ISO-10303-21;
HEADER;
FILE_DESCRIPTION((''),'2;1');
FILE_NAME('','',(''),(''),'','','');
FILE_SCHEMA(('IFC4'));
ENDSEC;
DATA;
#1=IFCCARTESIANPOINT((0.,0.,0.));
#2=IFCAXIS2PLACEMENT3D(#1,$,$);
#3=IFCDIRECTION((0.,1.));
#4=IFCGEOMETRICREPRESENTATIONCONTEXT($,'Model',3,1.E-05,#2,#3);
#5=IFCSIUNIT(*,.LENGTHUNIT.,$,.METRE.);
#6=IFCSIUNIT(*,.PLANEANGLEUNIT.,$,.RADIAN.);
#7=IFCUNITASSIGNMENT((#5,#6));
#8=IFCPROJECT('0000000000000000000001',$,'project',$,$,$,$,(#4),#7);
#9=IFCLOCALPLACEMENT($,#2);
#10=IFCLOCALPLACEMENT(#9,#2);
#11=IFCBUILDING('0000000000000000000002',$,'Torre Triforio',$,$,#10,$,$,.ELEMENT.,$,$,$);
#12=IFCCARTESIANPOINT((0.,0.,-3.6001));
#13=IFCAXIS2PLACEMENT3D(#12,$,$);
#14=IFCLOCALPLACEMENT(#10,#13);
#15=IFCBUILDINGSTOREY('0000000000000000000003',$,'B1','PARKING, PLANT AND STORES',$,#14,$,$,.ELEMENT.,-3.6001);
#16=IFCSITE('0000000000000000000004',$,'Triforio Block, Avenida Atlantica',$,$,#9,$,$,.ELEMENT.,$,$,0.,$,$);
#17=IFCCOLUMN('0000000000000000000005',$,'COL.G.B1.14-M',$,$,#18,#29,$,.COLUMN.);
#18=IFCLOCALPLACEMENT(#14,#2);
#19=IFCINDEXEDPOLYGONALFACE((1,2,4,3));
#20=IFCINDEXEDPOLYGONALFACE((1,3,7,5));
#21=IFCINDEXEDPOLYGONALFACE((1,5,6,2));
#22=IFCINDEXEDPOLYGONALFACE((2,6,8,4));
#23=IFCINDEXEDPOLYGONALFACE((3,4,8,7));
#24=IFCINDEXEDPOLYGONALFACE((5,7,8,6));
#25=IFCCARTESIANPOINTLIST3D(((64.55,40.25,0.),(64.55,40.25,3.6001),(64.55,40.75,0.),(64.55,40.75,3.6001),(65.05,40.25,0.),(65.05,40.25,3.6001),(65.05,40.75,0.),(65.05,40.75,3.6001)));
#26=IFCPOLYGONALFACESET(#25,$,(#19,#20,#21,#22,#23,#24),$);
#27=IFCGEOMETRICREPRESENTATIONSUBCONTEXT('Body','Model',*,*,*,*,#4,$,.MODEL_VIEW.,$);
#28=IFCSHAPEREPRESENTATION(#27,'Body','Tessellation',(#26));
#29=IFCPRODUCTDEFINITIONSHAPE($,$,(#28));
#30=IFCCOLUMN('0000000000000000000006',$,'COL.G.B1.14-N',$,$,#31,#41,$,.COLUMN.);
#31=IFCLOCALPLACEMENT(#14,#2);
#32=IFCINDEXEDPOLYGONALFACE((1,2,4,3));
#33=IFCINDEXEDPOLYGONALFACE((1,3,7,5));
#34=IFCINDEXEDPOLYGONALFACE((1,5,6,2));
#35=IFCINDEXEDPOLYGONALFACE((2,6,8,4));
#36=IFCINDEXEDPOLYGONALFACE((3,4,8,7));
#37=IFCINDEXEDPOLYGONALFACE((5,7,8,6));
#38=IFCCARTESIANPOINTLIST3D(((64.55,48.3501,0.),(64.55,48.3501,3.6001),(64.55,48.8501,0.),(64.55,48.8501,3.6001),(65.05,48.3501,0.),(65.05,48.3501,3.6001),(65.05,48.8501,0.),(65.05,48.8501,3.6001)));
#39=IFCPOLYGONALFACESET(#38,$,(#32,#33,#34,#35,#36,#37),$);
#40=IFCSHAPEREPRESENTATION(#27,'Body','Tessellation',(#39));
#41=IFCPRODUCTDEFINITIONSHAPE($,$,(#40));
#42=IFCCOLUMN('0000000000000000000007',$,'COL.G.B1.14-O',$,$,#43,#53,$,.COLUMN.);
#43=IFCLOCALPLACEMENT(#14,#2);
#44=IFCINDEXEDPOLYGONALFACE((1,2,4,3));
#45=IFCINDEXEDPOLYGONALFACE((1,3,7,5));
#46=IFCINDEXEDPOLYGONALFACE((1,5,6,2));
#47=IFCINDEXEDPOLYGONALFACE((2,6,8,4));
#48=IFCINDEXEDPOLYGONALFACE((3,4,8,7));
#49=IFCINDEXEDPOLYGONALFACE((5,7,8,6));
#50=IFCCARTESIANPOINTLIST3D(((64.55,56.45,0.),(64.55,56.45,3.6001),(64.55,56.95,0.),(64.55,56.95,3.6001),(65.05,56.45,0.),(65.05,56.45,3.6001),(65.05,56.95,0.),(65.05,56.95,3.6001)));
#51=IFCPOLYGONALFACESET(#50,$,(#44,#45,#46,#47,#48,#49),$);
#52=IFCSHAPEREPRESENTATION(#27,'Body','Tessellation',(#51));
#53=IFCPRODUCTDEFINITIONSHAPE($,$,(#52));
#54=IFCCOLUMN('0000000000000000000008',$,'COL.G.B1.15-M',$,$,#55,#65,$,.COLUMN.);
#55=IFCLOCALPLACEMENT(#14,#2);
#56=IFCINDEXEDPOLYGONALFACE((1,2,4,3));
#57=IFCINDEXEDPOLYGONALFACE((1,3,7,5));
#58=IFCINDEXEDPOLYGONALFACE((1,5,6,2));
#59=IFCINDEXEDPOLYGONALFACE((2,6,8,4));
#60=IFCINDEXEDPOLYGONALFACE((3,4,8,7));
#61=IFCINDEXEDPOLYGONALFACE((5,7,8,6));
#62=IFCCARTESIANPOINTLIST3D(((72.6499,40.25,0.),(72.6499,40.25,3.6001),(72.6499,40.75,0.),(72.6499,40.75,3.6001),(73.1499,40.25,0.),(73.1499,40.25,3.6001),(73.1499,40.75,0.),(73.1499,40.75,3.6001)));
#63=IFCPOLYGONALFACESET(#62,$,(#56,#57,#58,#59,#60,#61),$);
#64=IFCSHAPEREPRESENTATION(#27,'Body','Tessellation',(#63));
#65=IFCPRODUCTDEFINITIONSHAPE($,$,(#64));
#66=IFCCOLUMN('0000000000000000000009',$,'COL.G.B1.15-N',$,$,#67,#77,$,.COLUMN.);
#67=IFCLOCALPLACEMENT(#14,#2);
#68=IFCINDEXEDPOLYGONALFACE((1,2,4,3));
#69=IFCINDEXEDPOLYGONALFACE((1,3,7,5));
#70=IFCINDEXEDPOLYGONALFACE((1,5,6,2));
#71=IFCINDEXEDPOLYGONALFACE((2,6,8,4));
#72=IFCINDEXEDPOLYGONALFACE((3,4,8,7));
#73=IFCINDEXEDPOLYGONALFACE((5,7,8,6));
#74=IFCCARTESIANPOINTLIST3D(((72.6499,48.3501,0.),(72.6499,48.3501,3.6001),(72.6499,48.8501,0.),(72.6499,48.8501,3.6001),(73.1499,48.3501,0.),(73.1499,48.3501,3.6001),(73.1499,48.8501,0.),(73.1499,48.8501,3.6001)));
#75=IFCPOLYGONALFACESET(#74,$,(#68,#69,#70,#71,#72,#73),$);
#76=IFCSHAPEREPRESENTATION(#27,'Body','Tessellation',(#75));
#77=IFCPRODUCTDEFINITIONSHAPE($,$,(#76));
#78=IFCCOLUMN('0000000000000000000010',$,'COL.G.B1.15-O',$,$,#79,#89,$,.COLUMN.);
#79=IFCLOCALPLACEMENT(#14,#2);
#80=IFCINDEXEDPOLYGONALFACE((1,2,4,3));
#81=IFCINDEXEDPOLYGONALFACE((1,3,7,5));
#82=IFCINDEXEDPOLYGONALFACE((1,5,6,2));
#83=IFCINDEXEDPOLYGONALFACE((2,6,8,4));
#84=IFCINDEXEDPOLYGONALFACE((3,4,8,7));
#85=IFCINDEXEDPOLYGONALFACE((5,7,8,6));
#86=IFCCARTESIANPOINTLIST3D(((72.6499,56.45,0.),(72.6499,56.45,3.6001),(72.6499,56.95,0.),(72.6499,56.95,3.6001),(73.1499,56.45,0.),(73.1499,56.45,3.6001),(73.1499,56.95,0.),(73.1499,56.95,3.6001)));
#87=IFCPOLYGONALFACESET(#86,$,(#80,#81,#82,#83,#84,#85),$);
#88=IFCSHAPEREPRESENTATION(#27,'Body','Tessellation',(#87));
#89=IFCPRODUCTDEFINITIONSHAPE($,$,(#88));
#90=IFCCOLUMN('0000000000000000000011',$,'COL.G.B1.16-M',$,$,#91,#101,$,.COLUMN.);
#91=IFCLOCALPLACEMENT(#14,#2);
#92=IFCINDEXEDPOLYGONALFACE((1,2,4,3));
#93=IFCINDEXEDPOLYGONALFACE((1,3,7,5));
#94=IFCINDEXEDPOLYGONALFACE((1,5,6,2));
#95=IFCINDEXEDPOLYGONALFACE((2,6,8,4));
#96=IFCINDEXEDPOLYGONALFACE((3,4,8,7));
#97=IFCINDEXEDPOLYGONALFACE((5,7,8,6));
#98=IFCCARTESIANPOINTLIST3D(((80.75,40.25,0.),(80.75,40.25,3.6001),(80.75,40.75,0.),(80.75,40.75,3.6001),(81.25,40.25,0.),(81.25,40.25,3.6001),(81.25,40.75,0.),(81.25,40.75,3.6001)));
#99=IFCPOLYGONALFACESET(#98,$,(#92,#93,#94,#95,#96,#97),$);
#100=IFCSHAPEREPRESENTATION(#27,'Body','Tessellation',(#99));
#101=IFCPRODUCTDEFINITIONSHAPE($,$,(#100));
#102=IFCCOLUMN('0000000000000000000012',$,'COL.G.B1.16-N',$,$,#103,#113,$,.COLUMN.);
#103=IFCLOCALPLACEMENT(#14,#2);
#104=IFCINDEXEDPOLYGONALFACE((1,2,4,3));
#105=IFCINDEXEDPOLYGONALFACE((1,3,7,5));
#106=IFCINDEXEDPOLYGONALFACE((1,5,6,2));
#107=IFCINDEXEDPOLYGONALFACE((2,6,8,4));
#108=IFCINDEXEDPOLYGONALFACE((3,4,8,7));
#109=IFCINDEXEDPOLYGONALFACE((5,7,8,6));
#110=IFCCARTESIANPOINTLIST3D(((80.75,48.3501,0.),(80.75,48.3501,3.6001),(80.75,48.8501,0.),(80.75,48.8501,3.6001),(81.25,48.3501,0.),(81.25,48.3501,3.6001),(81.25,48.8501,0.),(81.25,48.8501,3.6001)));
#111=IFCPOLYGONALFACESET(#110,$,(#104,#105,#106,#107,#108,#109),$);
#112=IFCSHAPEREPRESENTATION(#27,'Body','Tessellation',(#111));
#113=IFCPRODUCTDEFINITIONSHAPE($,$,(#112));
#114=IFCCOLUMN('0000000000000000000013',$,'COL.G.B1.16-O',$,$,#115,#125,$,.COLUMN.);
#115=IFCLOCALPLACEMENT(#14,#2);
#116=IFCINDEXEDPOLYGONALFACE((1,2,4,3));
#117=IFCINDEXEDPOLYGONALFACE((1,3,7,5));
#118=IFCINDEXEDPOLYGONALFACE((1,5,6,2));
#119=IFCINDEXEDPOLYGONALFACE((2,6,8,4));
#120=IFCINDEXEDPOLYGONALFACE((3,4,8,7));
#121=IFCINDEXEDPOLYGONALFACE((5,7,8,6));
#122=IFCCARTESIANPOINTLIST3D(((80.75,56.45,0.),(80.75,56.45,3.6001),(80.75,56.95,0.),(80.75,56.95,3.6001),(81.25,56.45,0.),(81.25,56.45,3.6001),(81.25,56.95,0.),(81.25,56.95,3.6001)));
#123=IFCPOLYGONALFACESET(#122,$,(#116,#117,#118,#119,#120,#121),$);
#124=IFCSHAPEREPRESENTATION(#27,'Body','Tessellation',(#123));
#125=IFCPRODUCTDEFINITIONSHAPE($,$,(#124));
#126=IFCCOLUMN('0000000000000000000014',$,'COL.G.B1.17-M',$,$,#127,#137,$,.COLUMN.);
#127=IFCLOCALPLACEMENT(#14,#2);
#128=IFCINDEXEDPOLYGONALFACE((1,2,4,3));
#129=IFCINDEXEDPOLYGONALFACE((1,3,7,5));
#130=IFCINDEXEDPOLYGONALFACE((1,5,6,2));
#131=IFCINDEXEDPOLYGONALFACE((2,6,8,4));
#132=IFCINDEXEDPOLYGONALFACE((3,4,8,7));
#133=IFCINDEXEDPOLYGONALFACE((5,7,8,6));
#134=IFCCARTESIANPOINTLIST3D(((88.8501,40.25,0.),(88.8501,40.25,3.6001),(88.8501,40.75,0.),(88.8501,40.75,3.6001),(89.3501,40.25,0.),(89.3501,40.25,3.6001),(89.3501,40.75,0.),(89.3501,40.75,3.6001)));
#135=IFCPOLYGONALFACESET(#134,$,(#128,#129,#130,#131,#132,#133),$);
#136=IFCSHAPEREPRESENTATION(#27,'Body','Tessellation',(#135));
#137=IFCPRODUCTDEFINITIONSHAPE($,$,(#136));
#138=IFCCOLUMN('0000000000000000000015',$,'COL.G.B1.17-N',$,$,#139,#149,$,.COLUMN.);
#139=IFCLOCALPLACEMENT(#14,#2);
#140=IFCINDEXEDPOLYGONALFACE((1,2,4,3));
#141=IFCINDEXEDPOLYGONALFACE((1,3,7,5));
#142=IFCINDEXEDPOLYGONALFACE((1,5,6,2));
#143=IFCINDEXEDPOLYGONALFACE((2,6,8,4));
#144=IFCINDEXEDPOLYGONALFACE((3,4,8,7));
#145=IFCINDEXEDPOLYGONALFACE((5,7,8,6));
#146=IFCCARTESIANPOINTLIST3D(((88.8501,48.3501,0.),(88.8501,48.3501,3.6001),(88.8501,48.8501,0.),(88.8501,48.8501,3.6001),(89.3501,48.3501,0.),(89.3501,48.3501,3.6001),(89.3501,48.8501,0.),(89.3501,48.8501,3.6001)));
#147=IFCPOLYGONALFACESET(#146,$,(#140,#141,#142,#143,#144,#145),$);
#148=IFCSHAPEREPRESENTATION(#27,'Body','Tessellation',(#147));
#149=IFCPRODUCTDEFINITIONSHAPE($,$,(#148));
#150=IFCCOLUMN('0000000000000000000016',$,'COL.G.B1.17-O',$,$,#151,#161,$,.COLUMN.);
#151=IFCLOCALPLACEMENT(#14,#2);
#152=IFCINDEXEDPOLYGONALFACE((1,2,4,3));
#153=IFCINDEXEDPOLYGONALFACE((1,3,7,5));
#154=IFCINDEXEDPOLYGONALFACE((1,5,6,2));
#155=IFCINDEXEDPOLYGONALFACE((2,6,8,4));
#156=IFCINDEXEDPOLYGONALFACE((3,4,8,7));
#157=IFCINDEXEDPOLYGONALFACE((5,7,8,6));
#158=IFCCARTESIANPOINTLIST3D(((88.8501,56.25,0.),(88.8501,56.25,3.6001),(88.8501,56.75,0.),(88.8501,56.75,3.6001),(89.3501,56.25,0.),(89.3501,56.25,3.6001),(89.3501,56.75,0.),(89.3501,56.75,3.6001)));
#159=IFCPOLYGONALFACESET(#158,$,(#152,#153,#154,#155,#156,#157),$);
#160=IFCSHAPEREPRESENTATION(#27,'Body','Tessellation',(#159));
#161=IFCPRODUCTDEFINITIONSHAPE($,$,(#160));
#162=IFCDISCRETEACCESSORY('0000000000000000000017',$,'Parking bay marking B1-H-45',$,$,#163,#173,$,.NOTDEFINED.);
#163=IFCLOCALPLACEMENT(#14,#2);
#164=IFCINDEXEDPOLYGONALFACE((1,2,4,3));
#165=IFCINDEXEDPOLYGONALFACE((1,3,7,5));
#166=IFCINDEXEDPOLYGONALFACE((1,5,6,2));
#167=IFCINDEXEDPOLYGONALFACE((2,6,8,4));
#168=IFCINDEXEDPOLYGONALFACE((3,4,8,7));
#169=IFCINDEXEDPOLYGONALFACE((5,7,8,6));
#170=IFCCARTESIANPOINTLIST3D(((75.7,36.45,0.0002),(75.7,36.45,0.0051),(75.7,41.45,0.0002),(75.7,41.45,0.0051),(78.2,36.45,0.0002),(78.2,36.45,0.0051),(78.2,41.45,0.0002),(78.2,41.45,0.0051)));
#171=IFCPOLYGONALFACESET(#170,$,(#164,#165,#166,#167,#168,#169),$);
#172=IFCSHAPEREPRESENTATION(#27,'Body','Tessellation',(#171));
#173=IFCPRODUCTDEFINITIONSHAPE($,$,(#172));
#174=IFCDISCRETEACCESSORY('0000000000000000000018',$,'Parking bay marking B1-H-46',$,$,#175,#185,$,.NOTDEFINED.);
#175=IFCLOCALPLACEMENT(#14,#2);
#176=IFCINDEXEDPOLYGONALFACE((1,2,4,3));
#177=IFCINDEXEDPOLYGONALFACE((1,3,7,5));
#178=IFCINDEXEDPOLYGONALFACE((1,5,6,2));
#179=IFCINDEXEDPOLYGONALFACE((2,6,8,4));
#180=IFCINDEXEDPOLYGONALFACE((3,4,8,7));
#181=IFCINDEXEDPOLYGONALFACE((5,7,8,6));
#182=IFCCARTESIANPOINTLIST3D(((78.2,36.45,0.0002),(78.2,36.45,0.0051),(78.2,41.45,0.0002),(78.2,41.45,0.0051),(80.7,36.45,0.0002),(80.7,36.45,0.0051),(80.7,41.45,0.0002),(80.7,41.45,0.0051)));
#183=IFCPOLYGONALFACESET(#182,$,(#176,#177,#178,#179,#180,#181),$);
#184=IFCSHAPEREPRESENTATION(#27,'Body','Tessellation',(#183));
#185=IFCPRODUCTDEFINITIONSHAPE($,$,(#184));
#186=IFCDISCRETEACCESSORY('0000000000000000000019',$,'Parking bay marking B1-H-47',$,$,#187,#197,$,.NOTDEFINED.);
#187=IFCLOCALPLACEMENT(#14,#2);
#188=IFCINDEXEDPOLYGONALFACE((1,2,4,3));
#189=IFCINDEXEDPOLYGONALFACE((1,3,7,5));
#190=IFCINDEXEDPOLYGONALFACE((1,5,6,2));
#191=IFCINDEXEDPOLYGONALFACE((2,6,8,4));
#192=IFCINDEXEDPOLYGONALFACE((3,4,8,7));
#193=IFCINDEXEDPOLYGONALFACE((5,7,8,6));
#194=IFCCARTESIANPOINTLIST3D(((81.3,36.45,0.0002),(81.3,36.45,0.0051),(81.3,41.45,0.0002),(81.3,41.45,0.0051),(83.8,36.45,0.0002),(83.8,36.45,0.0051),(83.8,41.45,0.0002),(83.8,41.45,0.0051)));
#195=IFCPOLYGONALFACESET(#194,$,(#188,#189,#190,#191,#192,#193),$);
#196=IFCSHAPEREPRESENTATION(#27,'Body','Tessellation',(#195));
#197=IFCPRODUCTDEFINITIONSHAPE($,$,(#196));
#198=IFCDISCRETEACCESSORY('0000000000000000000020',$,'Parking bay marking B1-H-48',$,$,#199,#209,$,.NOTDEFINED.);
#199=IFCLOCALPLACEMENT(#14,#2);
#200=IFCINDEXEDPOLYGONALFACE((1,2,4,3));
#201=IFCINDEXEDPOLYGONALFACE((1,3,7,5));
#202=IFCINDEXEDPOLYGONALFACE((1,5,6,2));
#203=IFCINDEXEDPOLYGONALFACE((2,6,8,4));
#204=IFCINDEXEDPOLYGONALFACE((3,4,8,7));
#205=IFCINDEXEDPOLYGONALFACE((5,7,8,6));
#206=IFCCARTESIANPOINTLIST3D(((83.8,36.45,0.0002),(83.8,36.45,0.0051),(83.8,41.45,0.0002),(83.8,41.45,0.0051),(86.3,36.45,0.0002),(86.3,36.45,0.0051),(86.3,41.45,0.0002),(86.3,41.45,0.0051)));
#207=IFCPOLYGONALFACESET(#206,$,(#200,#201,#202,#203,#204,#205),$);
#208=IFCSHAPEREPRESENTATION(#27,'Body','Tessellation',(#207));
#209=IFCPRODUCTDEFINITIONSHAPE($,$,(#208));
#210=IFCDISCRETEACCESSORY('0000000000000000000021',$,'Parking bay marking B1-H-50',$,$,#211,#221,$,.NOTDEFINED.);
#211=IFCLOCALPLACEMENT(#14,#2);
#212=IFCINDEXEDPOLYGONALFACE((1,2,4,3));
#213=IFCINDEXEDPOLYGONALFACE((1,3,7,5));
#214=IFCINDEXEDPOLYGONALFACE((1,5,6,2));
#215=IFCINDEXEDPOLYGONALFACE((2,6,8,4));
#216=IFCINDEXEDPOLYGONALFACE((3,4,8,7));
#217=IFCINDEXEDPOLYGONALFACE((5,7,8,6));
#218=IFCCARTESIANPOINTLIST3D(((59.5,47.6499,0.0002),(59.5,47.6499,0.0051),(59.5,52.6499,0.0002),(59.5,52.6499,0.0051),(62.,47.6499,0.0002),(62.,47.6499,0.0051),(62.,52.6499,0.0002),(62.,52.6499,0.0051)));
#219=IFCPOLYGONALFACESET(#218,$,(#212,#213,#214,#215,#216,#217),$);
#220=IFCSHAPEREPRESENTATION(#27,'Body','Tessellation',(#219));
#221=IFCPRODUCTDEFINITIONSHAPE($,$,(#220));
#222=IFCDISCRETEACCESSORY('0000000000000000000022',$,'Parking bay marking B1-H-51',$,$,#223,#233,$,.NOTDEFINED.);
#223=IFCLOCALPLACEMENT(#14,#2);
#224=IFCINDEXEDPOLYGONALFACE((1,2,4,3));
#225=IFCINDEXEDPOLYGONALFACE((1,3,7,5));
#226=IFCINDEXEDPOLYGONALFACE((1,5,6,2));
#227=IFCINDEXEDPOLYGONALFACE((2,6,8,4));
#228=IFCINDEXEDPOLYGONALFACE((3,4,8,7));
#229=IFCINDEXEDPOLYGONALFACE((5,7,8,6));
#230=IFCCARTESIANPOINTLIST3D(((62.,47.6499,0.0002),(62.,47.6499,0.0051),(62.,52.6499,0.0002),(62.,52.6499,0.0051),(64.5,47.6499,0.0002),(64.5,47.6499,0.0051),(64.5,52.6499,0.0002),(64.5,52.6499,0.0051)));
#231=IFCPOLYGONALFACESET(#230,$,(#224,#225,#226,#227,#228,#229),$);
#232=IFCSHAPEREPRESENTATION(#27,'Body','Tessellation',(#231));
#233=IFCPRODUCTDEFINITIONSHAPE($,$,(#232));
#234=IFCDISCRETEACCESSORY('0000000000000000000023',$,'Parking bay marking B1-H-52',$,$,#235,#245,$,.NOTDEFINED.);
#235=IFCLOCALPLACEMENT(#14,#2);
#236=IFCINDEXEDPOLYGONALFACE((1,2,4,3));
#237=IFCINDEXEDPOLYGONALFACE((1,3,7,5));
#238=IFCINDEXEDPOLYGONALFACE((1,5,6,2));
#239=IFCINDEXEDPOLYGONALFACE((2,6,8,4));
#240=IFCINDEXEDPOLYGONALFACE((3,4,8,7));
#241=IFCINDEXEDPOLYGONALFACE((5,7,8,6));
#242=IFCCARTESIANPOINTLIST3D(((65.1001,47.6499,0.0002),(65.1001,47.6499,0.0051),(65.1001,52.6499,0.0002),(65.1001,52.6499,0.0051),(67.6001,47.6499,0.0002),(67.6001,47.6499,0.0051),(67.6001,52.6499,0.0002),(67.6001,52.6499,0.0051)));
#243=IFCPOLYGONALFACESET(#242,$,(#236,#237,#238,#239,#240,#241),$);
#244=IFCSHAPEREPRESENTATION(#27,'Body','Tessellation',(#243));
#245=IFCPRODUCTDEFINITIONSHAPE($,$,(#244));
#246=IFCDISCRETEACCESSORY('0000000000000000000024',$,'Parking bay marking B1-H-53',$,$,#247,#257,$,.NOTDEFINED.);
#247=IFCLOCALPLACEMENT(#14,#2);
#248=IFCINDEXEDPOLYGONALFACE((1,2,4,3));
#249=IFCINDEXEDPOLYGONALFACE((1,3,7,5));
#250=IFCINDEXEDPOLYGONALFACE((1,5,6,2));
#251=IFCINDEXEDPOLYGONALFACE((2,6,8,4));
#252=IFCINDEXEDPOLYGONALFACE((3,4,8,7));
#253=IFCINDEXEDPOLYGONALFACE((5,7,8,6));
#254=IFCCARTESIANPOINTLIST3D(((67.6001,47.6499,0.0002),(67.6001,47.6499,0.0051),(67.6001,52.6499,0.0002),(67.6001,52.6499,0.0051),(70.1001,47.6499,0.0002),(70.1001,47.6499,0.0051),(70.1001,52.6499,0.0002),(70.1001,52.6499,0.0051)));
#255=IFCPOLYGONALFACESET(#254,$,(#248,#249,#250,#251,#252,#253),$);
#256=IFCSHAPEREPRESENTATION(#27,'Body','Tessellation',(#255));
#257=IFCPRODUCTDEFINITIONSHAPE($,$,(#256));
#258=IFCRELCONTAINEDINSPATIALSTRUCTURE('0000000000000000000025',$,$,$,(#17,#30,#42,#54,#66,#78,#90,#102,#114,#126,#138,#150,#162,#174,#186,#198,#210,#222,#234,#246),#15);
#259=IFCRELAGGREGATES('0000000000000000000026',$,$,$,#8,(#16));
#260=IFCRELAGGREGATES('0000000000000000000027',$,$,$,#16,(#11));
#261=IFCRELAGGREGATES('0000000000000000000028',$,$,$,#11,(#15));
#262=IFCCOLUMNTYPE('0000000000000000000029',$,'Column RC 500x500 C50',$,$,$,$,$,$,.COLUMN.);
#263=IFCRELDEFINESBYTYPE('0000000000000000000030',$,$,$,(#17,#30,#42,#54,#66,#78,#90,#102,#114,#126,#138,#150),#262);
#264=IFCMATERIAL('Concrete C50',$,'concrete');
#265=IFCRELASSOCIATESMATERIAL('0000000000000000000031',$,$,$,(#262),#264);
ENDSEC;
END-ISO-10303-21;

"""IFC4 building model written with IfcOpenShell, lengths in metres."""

from ifc_helpers import new_model, si_unit, direction, frame, origin, origin_2d, place, context, subcontext, project, spatial, rectangle, extrude, material, material_profile, profile_set, type_object, element, save


model = new_model("IFC4")

# Units and contexts
model_context = context("Model", 3, precision=1e-05, world=origin(), true_north=direction((0.0, 1.0)))
body_context = subcontext(model_context, "Body", "Model", "MODEL_VIEW")
ifc_project = project(units=[si_unit("LENGTHUNIT", "METRE"), si_unit("PLANEANGLEUNIT", "RADIAN")], contexts=[model_context])

# Site, building, storey
site_placement = place(None, origin())
site = spatial("IfcSite", under=ifc_project, at=site_placement, Name="Triforio Block, Avenida Atlantica", CompositionType="ELEMENT", RefElevation=0.0)
building_placement = place(site_placement, origin())
building = spatial("IfcBuilding", under=site, at=building_placement, Name="Torre Triforio", CompositionType="ELEMENT")
storey_placement = place(building_placement, frame((0.0, 0.0, -3.6001)))
storey = spatial("IfcBuildingStorey", under=building, at=storey_placement, Name="B1", Description="PARKING, PLANT AND STORES", CompositionType="ELEMENT", Elevation=-3.6001)

# Columns
ifc_material = material(Name="Concrete C50", Category="concrete")
ifc_material_profile = material_profile(ifc_material, rectangle(XDim=0.5, YDim=0.5, at=origin_2d()), Name="RC 500x500")
ifc_profile_set = profile_set([ifc_material_profile], Name="Concrete C50")
column_type = type_object("IfcColumnType", Name="Column RC 500x500 C50", PredefinedType="COLUMN", material=ifc_profile_set)
for number, where, z_axis, x_axis, name in (
    (1, (64.8, 40.5, 0.0), (0.0, 0.0, 1.0), (1.0, 0.0, 0.0), "COL.G.B1.14-M"),
    (2, (64.8, 48.6001, 0.0), (0.0, 0.0, 1.0), (1.0, 0.0, 0.0), "COL.G.B1.14-N"),
    (3, (64.8, 56.7, 0.0), (0.0, 0.0, 1.0), (1.0, 0.0, 0.0), "COL.G.B1.14-O"),
    (4, (72.8999, 40.5, 0.0), (0.0, 0.0, 1.0), (1.0, 0.0, 0.0), "COL.G.B1.15-M"),
    (5, (72.8999, 48.6001, 0.0), (0.0, 0.0, 1.0), (1.0, 0.0, 0.0), "COL.G.B1.15-N"),
    (6, (72.8999, 56.7, 0.0), (0.0, 0.0, 1.0), (1.0, 0.0, 0.0), "COL.G.B1.15-O"),
    (7, (81.0, 40.5, 0.0), (0.0, 0.0, 1.0), (1.0, 0.0, 0.0), "COL.G.B1.16-M"),
    (8, (81.0, 48.6001, 0.0), (0.0, 0.0, 1.0), (1.0, 0.0, 0.0), "COL.G.B1.16-N"),
    (9, (81.0, 56.7, 0.0), (0.0, 0.0, 1.0), (1.0, 0.0, 0.0), "COL.G.B1.16-O"),
    (10, (89.1001, 40.5, 0.0), (0.0, 0.0, 1.0), (1.0, 0.0, 0.0), "COL.G.B1.17-M"),
    (11, (89.1001, 48.6001, 0.0), (0.0, 0.0, 1.0), (1.0, 0.0, 0.0), "COL.G.B1.17-N"),
    (12, (89.1001, 56.5, 0.0), (0.0, 0.0, 1.0), (1.0, 0.0, 0.0), "COL.G.B1.17-O"),
):
    element("IfcColumn", number, at=place(storey_placement, frame(where, z_axis=z_axis, x_axis=x_axis)), inside=storey, type_object=column_type, Name=name, PredefinedType="COLUMN", context=body_context, shape_type="SweptSolid", body=[
        extrude(rectangle(XDim=0.5, YDim=0.5, at=origin_2d()), origin(), (0.0, 0.0, 1.0), 3.6001),
    ])

# Discrete accessories
for number, where, z_axis, x_axis, name in (
    (13, (76.95, 38.95, 0.0002), (0.0, 0.0, 1.0), (1.0, 0.0, 0.0), "Parking bay marking B1-H-45"),
    (14, (79.45, 38.95, 0.0002), (0.0, 0.0, 1.0), (1.0, 0.0, 0.0), "Parking bay marking B1-H-46"),
    (15, (82.55, 38.95, 0.0002), (0.0, 0.0, 1.0), (1.0, 0.0, 0.0), "Parking bay marking B1-H-47"),
    (16, (85.05, 38.95, 0.0002), (0.0, 0.0, 1.0), (1.0, 0.0, 0.0), "Parking bay marking B1-H-48"),
    (17, (60.75, 50.1499, 0.0002), (0.0, 0.0, 1.0), (1.0, 0.0, 0.0), "Parking bay marking B1-H-50"),
    (18, (63.25, 50.1499, 0.0002), (0.0, 0.0, 1.0), (1.0, 0.0, 0.0), "Parking bay marking B1-H-51"),
    (19, (66.3501, 50.1499, 0.0002), (0.0, 0.0, 1.0), (1.0, 0.0, 0.0), "Parking bay marking B1-H-52"),
    (20, (68.8501, 50.1499, 0.0002), (0.0, 0.0, 1.0), (1.0, 0.0, 0.0), "Parking bay marking B1-H-53"),
):
    element("IfcDiscreteAccessory", number, at=place(storey_placement, frame(where, z_axis=z_axis, x_axis=x_axis)), inside=storey, Name=name, PredefinedType="NOTDEFINED", context=body_context, shape_type="SweptSolid", body=[
        extrude(rectangle(XDim=2.5, YDim=5.0, at=origin_2d()), origin(), (0.0, 0.0, 1.0), 0.0049),
    ])

save(model, "model.ifc")
